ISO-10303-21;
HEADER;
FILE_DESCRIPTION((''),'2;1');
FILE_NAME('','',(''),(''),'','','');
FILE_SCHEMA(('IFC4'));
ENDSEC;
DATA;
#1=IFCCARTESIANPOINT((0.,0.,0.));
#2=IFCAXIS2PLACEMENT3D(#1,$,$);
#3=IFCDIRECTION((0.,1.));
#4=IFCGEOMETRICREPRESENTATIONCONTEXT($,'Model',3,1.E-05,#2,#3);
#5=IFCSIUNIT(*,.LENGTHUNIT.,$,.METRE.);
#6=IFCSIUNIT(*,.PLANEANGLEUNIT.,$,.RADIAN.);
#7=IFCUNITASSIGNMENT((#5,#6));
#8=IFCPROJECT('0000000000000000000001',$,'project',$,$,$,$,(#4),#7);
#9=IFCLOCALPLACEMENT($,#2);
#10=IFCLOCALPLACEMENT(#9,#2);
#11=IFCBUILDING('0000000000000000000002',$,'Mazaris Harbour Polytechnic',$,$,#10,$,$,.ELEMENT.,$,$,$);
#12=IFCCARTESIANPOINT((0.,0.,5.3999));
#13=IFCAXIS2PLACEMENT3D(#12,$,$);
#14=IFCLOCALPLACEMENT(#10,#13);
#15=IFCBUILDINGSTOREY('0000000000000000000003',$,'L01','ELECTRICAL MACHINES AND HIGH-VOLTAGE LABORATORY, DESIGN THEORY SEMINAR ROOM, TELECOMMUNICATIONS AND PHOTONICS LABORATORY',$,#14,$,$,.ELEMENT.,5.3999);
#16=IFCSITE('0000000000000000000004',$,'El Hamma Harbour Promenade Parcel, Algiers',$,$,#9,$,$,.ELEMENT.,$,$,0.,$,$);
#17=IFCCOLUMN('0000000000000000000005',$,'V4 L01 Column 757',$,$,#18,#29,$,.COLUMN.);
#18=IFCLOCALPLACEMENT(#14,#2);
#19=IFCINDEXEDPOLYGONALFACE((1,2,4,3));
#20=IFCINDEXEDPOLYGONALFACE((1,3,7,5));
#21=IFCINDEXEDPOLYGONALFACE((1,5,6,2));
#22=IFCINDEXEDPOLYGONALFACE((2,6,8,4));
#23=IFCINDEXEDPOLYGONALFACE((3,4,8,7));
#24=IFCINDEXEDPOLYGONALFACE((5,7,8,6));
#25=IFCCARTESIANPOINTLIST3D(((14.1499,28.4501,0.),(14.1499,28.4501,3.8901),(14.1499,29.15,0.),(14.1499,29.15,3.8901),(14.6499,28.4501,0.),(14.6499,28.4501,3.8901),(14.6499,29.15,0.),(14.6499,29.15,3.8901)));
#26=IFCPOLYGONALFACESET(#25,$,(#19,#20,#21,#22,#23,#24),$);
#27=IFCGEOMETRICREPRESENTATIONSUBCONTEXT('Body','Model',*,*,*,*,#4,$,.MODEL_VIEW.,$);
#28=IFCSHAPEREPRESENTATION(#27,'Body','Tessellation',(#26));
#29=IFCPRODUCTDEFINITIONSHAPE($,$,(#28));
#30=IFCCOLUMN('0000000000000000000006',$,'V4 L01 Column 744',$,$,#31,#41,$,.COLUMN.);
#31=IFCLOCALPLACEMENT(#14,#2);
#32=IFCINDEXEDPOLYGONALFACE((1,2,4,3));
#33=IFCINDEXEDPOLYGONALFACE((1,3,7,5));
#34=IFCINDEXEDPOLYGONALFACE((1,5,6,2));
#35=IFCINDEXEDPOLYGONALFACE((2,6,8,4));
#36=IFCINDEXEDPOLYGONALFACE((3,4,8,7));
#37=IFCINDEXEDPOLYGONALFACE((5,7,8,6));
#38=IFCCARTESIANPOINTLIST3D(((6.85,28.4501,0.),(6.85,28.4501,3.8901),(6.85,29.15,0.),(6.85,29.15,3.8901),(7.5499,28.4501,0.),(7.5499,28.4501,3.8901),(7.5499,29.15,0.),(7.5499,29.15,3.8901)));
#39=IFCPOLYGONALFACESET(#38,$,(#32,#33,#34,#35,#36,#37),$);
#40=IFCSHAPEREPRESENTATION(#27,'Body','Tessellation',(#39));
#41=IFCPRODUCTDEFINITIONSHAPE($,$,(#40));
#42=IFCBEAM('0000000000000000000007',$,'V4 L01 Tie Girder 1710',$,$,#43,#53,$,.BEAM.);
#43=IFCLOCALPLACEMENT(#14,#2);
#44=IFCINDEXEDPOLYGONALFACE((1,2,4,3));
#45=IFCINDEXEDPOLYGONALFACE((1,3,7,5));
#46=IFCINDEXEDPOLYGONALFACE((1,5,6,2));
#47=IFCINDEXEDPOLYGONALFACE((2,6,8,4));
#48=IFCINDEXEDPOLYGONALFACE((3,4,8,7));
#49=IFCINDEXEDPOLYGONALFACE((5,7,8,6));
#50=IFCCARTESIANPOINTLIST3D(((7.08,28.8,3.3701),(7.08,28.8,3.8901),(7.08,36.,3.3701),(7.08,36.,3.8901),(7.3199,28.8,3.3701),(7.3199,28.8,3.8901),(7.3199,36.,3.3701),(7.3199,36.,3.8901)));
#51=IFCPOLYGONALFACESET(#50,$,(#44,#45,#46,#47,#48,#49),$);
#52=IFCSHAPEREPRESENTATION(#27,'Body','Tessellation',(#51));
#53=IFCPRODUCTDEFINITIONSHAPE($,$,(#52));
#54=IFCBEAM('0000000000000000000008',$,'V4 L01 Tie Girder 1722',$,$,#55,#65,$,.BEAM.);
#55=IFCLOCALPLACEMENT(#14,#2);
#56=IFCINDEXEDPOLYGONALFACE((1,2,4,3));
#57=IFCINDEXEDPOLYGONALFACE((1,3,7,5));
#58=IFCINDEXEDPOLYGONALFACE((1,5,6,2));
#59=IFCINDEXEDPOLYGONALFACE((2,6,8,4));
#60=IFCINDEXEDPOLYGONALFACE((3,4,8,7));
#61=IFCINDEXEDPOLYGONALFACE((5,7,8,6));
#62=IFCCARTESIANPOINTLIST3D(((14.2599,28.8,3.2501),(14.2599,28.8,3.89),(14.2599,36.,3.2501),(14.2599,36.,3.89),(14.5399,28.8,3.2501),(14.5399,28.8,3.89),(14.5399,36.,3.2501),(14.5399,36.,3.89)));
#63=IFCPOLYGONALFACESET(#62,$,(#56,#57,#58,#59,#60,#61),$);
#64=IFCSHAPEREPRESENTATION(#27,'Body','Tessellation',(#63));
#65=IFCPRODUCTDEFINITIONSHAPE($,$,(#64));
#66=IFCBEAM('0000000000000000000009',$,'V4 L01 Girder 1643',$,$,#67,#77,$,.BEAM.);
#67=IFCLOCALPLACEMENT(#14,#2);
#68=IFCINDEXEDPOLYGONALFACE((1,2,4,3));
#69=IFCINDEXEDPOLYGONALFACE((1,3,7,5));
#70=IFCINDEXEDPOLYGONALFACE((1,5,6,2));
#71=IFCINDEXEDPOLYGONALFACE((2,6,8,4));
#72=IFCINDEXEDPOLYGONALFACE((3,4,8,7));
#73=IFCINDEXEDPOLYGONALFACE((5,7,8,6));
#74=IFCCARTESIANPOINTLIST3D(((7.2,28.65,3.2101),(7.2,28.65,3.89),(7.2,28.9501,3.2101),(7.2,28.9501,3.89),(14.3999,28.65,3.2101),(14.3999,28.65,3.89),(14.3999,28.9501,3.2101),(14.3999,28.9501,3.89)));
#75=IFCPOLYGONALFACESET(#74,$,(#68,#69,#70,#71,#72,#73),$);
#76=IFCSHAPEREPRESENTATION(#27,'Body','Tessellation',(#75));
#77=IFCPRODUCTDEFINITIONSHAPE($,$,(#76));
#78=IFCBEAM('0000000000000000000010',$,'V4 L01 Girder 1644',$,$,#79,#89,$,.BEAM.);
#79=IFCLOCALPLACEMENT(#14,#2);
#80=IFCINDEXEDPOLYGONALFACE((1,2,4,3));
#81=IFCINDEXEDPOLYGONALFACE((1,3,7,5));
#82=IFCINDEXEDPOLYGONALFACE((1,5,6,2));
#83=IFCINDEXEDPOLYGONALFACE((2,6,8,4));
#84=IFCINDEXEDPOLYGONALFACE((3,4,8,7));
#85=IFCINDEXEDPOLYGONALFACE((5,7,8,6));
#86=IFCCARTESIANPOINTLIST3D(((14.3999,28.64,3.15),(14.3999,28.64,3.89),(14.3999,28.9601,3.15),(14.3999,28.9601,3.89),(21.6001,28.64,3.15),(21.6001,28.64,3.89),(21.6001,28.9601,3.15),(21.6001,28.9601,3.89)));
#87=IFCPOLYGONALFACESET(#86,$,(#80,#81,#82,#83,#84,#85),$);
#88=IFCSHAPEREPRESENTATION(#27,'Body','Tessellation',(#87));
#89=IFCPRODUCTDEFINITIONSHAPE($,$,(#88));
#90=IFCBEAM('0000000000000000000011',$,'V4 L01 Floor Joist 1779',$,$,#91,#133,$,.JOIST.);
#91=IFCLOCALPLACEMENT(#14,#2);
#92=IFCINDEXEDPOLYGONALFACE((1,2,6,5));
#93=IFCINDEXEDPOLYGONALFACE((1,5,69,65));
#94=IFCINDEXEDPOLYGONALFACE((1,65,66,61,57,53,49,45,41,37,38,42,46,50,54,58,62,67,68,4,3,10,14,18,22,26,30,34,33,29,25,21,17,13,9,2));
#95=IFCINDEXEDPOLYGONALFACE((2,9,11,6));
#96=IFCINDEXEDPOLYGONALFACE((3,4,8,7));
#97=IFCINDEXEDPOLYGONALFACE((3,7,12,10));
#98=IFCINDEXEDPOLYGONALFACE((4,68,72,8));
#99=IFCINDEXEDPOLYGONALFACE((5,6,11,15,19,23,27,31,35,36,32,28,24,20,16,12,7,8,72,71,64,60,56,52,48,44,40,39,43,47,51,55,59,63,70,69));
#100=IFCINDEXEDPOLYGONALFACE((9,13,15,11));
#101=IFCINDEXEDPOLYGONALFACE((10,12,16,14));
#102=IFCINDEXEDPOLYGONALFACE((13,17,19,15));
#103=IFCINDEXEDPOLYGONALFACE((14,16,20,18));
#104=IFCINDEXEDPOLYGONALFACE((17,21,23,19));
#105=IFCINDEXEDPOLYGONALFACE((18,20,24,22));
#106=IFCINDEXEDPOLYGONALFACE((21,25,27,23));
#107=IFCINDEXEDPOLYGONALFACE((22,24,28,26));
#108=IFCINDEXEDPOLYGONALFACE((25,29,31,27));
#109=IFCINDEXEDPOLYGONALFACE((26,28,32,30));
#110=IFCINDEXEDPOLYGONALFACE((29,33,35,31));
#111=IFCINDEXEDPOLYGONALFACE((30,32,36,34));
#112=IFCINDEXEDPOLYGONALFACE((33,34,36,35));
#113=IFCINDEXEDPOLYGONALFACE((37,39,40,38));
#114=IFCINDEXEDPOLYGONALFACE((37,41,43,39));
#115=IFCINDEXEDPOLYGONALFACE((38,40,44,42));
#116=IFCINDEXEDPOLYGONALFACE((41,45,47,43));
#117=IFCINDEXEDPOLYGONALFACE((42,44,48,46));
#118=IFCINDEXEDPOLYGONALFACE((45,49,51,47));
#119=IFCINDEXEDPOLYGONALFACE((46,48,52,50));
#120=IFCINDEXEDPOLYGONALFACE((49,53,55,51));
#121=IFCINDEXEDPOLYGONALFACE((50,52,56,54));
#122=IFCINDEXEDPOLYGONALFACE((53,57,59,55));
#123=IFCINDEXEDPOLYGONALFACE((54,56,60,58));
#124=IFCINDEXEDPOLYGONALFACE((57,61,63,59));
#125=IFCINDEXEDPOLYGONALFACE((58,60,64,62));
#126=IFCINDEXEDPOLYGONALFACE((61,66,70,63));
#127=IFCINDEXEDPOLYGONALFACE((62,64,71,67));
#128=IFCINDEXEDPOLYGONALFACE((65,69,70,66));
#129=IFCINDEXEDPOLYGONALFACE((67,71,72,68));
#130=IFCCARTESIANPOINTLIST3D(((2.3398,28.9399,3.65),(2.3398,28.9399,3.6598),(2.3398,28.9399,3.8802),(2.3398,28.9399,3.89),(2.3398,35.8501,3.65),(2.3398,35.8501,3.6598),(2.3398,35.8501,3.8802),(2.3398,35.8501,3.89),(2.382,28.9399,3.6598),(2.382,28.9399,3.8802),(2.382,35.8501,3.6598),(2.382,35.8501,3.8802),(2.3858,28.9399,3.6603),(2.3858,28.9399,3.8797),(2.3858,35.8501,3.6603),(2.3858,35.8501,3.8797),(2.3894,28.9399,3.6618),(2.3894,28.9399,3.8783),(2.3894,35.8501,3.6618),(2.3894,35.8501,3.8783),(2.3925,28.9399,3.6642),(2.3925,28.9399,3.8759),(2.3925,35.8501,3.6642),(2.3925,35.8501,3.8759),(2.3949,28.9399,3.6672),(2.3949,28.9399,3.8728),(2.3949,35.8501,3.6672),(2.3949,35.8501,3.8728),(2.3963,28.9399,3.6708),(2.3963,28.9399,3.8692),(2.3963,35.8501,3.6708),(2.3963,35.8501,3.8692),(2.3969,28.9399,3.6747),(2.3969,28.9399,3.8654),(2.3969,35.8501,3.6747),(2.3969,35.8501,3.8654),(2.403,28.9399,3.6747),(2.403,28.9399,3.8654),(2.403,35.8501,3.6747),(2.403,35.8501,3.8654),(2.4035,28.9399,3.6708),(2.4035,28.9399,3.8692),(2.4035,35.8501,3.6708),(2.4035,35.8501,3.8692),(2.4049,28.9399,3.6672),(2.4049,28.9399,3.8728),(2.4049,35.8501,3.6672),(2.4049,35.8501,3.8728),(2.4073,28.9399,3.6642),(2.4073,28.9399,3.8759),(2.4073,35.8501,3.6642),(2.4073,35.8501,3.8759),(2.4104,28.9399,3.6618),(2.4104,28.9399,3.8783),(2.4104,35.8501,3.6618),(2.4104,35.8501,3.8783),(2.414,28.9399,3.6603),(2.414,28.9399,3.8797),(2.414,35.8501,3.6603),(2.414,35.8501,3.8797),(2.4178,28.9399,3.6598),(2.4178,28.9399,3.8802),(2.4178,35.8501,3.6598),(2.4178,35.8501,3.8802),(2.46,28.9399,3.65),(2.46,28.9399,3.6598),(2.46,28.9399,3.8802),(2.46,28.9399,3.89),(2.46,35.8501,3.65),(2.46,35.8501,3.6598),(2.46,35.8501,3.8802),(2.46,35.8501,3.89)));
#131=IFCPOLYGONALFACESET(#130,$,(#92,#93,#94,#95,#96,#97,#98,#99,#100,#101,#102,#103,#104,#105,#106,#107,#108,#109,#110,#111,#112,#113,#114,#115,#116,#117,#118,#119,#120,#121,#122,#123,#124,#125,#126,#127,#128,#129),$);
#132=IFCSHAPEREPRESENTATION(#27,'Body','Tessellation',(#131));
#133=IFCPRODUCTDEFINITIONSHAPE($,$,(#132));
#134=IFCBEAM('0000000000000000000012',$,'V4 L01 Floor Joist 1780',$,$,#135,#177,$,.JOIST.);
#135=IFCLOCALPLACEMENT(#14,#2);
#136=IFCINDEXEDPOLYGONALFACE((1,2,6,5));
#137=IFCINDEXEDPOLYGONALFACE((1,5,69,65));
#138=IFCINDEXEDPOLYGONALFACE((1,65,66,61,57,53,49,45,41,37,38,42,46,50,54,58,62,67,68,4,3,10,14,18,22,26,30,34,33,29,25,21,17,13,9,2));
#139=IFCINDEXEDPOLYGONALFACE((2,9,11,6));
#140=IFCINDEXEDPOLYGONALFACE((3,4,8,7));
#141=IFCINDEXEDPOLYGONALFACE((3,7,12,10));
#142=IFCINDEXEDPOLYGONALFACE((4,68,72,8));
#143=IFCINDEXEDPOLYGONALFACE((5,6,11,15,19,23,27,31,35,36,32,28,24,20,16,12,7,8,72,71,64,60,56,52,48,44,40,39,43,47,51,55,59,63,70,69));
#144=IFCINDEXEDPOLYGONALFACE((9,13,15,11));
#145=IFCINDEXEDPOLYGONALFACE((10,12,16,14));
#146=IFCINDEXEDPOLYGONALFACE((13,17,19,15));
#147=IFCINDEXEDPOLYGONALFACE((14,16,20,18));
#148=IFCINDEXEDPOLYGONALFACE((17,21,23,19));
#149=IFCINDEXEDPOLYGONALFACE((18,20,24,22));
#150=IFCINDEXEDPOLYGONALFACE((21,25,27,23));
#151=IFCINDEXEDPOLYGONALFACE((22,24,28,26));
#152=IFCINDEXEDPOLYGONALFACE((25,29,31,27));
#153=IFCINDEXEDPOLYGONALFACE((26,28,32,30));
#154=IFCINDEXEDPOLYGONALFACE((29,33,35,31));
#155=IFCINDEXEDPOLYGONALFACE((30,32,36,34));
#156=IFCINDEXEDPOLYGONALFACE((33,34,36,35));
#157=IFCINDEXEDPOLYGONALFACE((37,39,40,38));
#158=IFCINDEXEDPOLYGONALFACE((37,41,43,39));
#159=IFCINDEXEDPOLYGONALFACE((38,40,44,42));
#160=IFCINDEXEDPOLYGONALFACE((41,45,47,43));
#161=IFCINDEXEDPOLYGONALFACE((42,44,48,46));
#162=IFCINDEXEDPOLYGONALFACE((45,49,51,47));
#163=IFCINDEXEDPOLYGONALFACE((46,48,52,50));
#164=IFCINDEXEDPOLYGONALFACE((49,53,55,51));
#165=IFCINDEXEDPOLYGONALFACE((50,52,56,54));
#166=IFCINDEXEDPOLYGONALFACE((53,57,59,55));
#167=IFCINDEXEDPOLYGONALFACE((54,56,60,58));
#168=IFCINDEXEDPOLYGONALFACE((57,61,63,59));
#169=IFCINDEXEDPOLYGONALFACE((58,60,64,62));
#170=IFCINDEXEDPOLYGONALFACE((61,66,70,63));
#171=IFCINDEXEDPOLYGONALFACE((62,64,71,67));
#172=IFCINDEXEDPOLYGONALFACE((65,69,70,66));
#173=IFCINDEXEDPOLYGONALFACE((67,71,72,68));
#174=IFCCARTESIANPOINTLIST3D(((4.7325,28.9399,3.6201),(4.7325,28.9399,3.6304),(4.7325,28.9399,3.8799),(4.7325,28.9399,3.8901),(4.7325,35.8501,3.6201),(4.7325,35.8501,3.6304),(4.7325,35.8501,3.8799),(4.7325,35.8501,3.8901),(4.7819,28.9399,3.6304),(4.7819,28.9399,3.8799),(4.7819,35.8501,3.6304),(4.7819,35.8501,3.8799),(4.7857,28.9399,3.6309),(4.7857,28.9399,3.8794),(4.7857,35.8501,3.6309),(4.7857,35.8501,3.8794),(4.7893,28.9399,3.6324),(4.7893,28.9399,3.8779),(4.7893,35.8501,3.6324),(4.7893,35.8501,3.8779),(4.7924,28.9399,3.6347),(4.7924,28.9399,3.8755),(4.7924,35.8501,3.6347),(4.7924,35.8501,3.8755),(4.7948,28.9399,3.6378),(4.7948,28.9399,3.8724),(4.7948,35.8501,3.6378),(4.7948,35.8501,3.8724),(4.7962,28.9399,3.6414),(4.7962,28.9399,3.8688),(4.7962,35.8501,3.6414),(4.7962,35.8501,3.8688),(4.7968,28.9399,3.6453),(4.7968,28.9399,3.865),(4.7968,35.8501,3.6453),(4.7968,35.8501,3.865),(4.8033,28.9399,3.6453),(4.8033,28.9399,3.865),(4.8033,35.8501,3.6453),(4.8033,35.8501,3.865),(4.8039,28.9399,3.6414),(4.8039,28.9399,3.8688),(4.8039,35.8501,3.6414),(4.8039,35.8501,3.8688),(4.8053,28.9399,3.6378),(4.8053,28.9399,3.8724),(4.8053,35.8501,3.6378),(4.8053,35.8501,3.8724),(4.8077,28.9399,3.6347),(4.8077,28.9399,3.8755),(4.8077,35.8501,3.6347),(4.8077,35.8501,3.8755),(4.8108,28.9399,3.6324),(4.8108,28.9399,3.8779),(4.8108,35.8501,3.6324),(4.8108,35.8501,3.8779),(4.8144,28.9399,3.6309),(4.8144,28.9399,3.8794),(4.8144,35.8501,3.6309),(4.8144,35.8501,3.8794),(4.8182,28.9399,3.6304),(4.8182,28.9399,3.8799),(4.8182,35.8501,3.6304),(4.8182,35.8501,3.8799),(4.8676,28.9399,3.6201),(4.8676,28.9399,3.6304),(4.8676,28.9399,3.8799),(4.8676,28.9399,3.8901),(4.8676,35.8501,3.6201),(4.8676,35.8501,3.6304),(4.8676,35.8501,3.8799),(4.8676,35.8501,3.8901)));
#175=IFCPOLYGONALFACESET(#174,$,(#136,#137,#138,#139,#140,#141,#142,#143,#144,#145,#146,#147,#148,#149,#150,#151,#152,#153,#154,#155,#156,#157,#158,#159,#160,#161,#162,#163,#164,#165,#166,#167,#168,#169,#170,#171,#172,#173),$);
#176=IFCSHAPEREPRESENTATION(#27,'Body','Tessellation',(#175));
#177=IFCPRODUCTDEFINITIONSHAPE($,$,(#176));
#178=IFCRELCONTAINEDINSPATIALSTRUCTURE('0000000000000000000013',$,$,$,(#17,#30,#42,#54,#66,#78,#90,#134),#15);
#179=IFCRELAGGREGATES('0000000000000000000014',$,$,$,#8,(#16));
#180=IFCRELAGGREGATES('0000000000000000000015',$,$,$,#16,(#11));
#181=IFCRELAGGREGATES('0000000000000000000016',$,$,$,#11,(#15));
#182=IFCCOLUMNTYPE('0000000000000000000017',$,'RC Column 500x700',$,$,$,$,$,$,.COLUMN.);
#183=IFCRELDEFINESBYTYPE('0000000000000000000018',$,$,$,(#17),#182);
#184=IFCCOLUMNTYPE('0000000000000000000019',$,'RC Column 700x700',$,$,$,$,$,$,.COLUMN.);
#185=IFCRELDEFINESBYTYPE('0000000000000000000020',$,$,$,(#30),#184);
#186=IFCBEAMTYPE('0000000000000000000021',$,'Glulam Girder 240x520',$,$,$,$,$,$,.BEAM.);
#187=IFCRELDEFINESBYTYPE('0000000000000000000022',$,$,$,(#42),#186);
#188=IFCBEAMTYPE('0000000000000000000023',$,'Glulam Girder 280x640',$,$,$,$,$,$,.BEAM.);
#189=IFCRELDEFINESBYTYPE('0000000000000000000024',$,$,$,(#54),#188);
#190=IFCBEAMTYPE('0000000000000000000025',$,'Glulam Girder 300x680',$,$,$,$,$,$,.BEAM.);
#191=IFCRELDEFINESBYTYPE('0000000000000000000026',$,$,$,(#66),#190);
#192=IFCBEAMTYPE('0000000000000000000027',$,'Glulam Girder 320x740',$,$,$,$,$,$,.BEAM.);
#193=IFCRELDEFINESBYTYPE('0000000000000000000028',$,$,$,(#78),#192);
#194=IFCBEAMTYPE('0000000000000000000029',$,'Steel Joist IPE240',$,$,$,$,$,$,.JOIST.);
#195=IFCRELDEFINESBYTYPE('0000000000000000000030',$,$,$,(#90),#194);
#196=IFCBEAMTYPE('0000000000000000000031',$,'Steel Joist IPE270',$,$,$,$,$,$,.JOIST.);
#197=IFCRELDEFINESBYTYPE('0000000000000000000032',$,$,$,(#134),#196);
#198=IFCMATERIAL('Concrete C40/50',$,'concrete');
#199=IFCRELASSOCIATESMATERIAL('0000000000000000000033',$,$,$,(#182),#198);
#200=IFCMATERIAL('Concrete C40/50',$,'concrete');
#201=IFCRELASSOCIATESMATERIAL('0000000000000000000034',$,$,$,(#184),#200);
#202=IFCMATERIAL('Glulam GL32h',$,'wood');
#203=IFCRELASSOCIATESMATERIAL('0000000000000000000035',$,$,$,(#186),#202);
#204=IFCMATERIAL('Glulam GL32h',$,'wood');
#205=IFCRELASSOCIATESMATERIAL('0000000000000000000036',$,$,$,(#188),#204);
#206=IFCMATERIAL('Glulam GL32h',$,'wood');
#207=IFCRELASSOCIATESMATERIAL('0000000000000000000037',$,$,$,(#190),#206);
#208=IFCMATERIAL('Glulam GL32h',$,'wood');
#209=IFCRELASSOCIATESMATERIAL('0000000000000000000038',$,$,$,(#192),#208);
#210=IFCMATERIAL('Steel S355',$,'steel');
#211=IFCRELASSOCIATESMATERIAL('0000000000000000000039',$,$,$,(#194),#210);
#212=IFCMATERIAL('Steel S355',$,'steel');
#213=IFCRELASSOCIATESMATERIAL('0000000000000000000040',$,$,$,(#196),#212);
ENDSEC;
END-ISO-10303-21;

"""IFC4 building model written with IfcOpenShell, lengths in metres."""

from ifc_helpers import new_model, si_unit, direction, frame, origin, origin_2d, place, context, subcontext, project, spatial, rectangle, i_section, extrude, material, material_profile, profile_set, type_object, element, save


model = new_model("IFC4")

# Units and contexts
model_context = context("Model", 3, precision=1e-05, world=origin(), true_north=direction((0.0, 1.0)))
body_context = subcontext(model_context, "Body", "Model", "MODEL_VIEW")
ifc_project = project(units=[si_unit("LENGTHUNIT", "METRE"), si_unit("PLANEANGLEUNIT", "RADIAN")], contexts=[model_context])

# Site, building, storey
site_placement = place(None, origin())
site = spatial("IfcSite", under=ifc_project, at=site_placement, Name="El Hamma Harbour Promenade Parcel, Algiers", CompositionType="ELEMENT", RefElevation=0.0)
building_placement = place(site_placement, origin())
building = spatial("IfcBuilding", under=site, at=building_placement, Name="Mazaris Harbour Polytechnic", CompositionType="ELEMENT")
storey_placement = place(building_placement, frame((0.0, 0.0, 5.3999)))
storey = spatial("IfcBuildingStorey", under=building, at=storey_placement, Name="L01", Description="ELECTRICAL MACHINES AND HIGH-VOLTAGE LABORATORY, DESIGN THEORY SEMINAR ROOM, TELECOMMUNICATIONS AND PHOTONICS LABORATORY", CompositionType="ELEMENT", Elevation=5.3999)

# Columns
ifc_material_1 = material(Name="Concrete C40/50", Category="concrete")
ifc_material_profile_1 = material_profile(ifc_material_1, rectangle(XDim=0.5, YDim=0.7, at=origin_2d()), Name="RECT500x700")
ifc_profile_set_1 = profile_set([ifc_material_profile_1], Name="Concrete C40/50")
column_type_1 = type_object("IfcColumnType", Name="RC Column 500x700", PredefinedType="COLUMN", material=ifc_profile_set_1)
column_1_placement = place(storey_placement, frame((14.3999, 28.8, 0.0), z_axis=(0.0, 0.0, 1.0), x_axis=(1.0, 0.0, 0.0)))
element("IfcColumn", 1, at=column_1_placement, inside=storey, type_object=column_type_1, Name="V4 L01 Column 757", PredefinedType="COLUMN", context=body_context, shape_type="SweptSolid", body=[
    extrude(rectangle(XDim=0.5, YDim=0.7, at=origin_2d()), origin(), (0.0, 0.0, 1.0), 3.8901),
])
ifc_material_2 = material(Name="Concrete C40/50", Category="concrete")
ifc_material_profile_2 = material_profile(ifc_material_2, rectangle(XDim=0.7, YDim=0.7, at=origin_2d()), Name="RECT700x700")
ifc_profile_set_2 = profile_set([ifc_material_profile_2], Name="Concrete C40/50")
column_type_2 = type_object("IfcColumnType", Name="RC Column 700x700", PredefinedType="COLUMN", material=ifc_profile_set_2)
column_2_placement = place(storey_placement, frame((7.2, 28.8, 0.0), z_axis=(0.0, 0.0, 1.0), x_axis=(1.0, 0.0, 0.0)))
element("IfcColumn", 2, at=column_2_placement, inside=storey, type_object=column_type_2, Name="V4 L01 Column 744", PredefinedType="COLUMN", context=body_context, shape_type="SweptSolid", body=[
    extrude(rectangle(XDim=0.7, YDim=0.7, at=origin_2d()), origin(), (0.0, 0.0, 1.0), 3.8901),
])

# Beams
ifc_material_3 = material(Name="Glulam GL32h", Category="wood")
ifc_material_profile_3 = material_profile(ifc_material_3, rectangle(XDim=0.24, YDim=0.52, at=origin_2d()), Name="RECT240x520")
ifc_profile_set_3 = profile_set([ifc_material_profile_3], Name="Glulam GL32h")
beam_type_1 = type_object("IfcBeamType", Name="Glulam Girder 240x520", PredefinedType="BEAM", material=ifc_profile_set_3)
beam_1_placement = place(storey_placement, frame((7.2, 28.8, 3.6301), z_axis=(0.0, 1.0, 0.0), x_axis=(-1.0, 0.0, 0.0)))
element("IfcBeam", 3, at=beam_1_placement, inside=storey, type_object=beam_type_1, Name="V4 L01 Tie Girder 1710", PredefinedType="BEAM", context=body_context, shape_type="SweptSolid", body=[
    extrude(rectangle(XDim=0.24, YDim=0.52, at=origin_2d()), origin(), (0.0, 0.0, 1.0), 7.2),
])
ifc_material_4 = material(Name="Glulam GL32h", Category="wood")
ifc_material_profile_4 = material_profile(ifc_material_4, rectangle(XDim=0.28, YDim=0.6399, at=origin_2d()), Name="RECT280x640")
ifc_profile_set_4 = profile_set([ifc_material_profile_4], Name="Glulam GL32h")
beam_type_2 = type_object("IfcBeamType", Name="Glulam Girder 280x640", PredefinedType="BEAM", material=ifc_profile_set_4)
beam_2_placement = place(storey_placement, frame((14.3999, 28.8, 3.5701), z_axis=(0.0, 1.0, 0.0), x_axis=(-1.0, 0.0, 0.0)))
element("IfcBeam", 4, at=beam_2_placement, inside=storey, type_object=beam_type_2, Name="V4 L01 Tie Girder 1722", PredefinedType="BEAM", context=body_context, shape_type="SweptSolid", body=[
    extrude(rectangle(XDim=0.28, YDim=0.6399, at=origin_2d()), origin(), (0.0, 0.0, 1.0), 7.2),
])
ifc_material_5 = material(Name="Glulam GL32h", Category="wood")
ifc_material_profile_5 = material_profile(ifc_material_5, rectangle(XDim=0.3, YDim=0.6799, at=origin_2d()), Name="RECT300x680")
ifc_profile_set_5 = profile_set([ifc_material_profile_5], Name="Glulam GL32h")
beam_type_3 = type_object("IfcBeamType", Name="Glulam Girder 300x680", PredefinedType="BEAM", material=ifc_profile_set_5)
beam_3_placement = place(storey_placement, frame((7.2, 28.8, 3.55), z_axis=(1.0, 0.0, 0.0), x_axis=(0.0, 1.0, 0.0)))
element("IfcBeam", 5, at=beam_3_placement, inside=storey, type_object=beam_type_3, Name="V4 L01 Girder 1643", PredefinedType="BEAM", context=body_context, shape_type="SweptSolid", body=[
    extrude(rectangle(XDim=0.3, YDim=0.6799, at=origin_2d()), origin(), (0.0, 0.0, 1.0), 7.2),
])
ifc_material_6 = material(Name="Glulam GL32h", Category="wood")
ifc_material_profile_6 = material_profile(ifc_material_6, rectangle(XDim=0.3201, YDim=0.74, at=origin_2d()), Name="RECT320x740")
ifc_profile_set_6 = profile_set([ifc_material_profile_6], Name="Glulam GL32h")
beam_type_4 = type_object("IfcBeamType", Name="Glulam Girder 320x740", PredefinedType="BEAM", material=ifc_profile_set_6)
beam_4_placement = place(storey_placement, frame((14.3999, 28.8, 3.52), z_axis=(1.0, 0.0, 0.0), x_axis=(0.0, 1.0, 0.0)))
element("IfcBeam", 6, at=beam_4_placement, inside=storey, type_object=beam_type_4, Name="V4 L01 Girder 1644", PredefinedType="BEAM", context=body_context, shape_type="SweptSolid", body=[
    extrude(rectangle(XDim=0.3201, YDim=0.74, at=origin_2d()), origin(), (0.0, 0.0, 1.0), 7.2002),
])
ifc_material_7 = material(Name="Steel S355", Category="steel")
ifc_material_profile_7 = material_profile(ifc_material_7, i_section(OverallWidth=0.1201, OverallDepth=0.24, WebThickness=0.0061, FlangeThickness=0.0098, FilletRadius=0.0149, at=origin_2d()), Name="IPE 240")
ifc_profile_set_7 = profile_set([ifc_material_profile_7], Name="Steel S355")
beam_type_5 = type_object("IfcBeamType", Name="Steel Joist IPE240", PredefinedType="JOIST", material=ifc_profile_set_7)
beam_5_placement = place(storey_placement, frame((2.3999, 28.9399, 3.77), z_axis=(0.0, 1.0, 0.0), x_axis=(-1.0, 0.0, 0.0)))
element("IfcBeam", 7, at=beam_5_placement, inside=storey, type_object=beam_type_5, Name="V4 L01 Floor Joist 1779", PredefinedType="JOIST", context=body_context, shape_type="SweptSolid", body=[
    extrude(i_section(OverallWidth=0.1201, OverallDepth=0.24, WebThickness=0.0061, FlangeThickness=0.0098, FilletRadius=0.0149, at=origin_2d()), origin(), (0.0, 0.0, 1.0), 6.9102),
])
ifc_material_8 = material(Name="Steel S355", Category="steel")
ifc_material_profile_8 = material_profile(ifc_material_8, i_section(OverallWidth=0.135, OverallDepth=0.27, WebThickness=0.0066, FlangeThickness=0.0103, FilletRadius=0.0149, at=origin_2d()), Name="IPE 270")
ifc_profile_set_8 = profile_set([ifc_material_profile_8], Name="Steel S355")
beam_type_6 = type_object("IfcBeamType", Name="Steel Joist IPE270", PredefinedType="JOIST", material=ifc_profile_set_8)
beam_6_placement = place(storey_placement, frame((4.8, 28.9399, 3.7551), z_axis=(0.0, 1.0, 0.0), x_axis=(-1.0, 0.0, 0.0)))
element("IfcBeam", 8, at=beam_6_placement, inside=storey, type_object=beam_type_6, Name="V4 L01 Floor Joist 1780", PredefinedType="JOIST", context=body_context, shape_type="SweptSolid", body=[
    extrude(i_section(OverallWidth=0.135, OverallDepth=0.27, WebThickness=0.0066, FlangeThickness=0.0103, FilletRadius=0.0149, at=origin_2d()), origin(), (0.0, 0.0, 1.0), 6.9102),
])

save(model, "model.ifc")
